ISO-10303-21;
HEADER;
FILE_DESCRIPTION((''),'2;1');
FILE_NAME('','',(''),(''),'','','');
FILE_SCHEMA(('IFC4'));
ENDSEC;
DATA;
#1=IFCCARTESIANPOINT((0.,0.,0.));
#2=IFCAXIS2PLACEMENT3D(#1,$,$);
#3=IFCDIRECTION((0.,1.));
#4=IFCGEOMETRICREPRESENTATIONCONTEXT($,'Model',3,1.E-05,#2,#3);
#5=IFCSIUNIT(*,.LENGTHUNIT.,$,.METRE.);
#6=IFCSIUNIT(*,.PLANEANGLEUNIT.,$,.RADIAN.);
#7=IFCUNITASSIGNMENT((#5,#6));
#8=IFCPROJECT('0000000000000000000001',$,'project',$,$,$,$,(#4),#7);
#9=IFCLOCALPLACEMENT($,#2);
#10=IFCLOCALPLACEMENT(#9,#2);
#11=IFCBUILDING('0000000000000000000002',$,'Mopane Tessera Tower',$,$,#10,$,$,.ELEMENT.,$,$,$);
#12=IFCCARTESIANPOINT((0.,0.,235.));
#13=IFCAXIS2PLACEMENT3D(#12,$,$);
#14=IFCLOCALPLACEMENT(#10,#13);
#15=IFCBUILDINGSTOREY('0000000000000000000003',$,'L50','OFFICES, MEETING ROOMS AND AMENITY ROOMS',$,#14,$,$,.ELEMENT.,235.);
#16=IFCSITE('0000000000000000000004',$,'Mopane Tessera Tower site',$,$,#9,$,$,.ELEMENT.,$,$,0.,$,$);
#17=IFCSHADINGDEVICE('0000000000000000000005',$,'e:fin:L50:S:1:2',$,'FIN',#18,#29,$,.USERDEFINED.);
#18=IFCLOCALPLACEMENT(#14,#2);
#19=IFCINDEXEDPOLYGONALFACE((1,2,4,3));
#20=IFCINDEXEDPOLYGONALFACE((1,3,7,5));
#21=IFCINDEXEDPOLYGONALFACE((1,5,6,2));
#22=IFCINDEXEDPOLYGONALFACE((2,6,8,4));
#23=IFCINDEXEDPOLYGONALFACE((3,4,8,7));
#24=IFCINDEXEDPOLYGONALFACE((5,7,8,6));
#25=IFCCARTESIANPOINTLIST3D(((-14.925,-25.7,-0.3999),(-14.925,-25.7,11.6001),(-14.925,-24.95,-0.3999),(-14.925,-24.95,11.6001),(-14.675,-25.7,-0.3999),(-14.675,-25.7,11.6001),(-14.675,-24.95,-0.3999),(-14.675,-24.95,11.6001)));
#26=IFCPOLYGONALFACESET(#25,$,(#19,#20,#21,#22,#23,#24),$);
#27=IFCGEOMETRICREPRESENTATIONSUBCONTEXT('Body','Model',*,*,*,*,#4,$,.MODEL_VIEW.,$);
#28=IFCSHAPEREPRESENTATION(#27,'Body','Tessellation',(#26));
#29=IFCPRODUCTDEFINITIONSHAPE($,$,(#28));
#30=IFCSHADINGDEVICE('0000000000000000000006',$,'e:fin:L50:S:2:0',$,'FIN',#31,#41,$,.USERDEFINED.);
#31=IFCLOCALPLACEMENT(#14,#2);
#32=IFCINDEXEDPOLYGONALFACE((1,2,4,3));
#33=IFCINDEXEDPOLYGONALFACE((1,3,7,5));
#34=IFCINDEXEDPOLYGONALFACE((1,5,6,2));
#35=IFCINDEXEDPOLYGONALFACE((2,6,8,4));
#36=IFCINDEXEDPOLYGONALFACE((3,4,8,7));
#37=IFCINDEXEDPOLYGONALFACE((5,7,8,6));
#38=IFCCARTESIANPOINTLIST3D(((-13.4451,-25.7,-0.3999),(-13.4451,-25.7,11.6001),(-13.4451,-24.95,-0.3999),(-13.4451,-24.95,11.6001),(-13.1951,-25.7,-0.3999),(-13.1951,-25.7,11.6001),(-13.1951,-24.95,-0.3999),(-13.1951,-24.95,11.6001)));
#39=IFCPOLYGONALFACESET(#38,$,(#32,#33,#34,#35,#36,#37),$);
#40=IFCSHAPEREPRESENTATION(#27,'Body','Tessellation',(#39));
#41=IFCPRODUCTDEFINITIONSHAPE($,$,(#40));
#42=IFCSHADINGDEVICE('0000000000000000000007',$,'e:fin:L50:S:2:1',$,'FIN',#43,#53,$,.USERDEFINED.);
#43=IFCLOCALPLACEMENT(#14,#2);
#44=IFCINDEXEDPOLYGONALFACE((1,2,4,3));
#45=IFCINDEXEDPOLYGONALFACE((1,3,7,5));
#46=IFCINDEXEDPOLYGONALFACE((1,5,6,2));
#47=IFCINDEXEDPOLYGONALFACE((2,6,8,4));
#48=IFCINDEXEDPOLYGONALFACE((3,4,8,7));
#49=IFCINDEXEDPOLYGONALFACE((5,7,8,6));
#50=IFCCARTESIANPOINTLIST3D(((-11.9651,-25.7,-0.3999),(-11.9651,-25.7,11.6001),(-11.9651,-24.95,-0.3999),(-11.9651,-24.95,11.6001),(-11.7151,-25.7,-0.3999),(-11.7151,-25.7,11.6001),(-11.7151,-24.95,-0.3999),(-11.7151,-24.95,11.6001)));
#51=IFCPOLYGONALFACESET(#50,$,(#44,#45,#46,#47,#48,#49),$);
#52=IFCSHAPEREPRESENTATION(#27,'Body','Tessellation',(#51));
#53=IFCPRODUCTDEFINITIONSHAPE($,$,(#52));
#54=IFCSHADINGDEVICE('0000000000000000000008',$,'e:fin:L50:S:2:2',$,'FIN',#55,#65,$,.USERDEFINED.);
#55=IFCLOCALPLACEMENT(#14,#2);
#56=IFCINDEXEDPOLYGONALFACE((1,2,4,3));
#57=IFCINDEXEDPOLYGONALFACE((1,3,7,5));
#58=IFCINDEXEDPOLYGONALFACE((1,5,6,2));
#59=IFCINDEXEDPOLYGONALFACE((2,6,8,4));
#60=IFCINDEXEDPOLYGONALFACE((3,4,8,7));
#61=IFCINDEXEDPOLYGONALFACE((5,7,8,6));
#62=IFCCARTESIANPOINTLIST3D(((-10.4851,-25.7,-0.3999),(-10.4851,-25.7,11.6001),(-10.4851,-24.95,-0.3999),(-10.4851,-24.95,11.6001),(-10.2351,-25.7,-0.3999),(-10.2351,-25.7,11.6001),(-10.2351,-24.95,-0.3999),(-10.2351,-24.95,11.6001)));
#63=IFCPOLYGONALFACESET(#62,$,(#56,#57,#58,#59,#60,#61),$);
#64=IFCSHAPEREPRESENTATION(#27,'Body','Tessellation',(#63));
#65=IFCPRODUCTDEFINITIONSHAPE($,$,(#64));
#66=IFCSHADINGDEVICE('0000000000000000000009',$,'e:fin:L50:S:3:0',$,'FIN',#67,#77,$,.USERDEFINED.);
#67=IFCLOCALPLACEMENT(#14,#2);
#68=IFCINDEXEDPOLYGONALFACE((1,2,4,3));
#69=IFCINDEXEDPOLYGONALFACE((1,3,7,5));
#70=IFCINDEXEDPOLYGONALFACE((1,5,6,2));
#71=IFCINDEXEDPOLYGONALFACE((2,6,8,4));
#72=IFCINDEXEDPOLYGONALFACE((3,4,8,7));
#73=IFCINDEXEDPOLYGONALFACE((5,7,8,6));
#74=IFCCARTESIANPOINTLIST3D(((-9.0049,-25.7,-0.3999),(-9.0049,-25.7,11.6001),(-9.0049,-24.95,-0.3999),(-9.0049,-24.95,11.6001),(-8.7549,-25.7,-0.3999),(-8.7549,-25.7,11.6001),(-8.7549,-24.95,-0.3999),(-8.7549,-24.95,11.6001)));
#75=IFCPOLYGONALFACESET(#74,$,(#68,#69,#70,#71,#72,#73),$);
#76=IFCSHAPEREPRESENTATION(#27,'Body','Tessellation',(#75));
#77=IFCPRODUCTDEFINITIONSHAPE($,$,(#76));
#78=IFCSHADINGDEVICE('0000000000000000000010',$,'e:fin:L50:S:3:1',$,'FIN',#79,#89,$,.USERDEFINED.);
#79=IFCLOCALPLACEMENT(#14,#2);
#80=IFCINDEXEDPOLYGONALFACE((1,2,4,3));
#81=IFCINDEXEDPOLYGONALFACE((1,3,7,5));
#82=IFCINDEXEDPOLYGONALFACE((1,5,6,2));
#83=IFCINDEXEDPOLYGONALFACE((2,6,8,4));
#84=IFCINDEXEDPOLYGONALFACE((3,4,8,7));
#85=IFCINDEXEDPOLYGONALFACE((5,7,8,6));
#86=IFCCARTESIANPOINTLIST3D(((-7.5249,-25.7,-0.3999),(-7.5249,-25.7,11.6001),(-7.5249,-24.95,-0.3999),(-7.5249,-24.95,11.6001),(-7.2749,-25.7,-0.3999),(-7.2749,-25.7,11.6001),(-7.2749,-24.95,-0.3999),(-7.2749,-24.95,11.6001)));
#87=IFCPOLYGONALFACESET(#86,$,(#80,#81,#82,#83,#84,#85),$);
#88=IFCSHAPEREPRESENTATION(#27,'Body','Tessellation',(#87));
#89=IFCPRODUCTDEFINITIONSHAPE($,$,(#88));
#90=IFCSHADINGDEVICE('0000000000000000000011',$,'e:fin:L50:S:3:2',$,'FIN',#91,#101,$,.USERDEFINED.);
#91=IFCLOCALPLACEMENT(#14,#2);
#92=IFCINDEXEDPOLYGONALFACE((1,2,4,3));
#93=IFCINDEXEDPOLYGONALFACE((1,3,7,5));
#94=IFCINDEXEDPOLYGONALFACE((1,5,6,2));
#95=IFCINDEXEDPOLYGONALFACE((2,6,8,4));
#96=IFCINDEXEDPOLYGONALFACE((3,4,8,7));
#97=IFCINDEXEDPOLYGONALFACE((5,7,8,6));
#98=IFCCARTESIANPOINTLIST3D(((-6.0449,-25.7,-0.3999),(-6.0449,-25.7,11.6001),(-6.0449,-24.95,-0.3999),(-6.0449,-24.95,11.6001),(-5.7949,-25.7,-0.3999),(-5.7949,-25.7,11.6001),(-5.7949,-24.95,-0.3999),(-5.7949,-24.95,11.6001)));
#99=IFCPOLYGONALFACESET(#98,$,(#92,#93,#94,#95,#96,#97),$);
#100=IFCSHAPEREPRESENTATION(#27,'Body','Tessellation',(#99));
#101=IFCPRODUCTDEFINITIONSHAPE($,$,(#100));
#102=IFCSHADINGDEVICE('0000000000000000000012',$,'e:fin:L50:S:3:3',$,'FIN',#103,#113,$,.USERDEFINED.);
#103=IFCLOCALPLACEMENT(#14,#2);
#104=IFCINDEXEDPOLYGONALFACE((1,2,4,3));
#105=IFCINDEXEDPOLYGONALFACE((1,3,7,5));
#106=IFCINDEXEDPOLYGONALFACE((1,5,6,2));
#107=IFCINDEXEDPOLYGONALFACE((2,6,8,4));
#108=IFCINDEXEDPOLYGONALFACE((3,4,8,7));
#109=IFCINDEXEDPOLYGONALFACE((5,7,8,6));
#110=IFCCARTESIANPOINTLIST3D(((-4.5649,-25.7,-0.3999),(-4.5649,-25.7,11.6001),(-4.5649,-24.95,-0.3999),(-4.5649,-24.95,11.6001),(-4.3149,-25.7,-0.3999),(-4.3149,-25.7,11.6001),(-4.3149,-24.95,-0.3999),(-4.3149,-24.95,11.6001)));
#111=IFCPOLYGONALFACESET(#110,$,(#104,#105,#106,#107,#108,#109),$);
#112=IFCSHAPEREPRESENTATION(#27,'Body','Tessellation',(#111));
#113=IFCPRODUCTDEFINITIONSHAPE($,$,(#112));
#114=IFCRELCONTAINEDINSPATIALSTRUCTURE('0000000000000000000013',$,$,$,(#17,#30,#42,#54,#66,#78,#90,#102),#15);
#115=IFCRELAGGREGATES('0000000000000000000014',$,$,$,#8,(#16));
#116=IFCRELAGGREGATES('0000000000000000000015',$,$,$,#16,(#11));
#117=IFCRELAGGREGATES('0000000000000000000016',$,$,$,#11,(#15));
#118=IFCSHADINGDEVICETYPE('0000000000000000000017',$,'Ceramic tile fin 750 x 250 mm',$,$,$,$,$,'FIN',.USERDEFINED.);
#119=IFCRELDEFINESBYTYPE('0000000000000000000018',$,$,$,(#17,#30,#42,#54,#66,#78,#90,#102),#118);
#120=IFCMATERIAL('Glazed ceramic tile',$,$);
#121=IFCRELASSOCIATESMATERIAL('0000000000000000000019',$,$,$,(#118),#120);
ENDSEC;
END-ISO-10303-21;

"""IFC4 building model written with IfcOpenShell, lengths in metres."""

from ifc_helpers import new_model, si_unit, direction, frame, origin, origin_2d, place, context, subcontext, project, spatial, rectangle, extrude, material, type_object, element, save


model = new_model("IFC4")

# Units and contexts
model_context = context("Model", 3, precision=1e-05, world=origin(), true_north=direction((0.0, 1.0)))
body_context = subcontext(model_context, "Body", "Model", "MODEL_VIEW")
ifc_project = project(units=[si_unit("LENGTHUNIT", "METRE"), si_unit("PLANEANGLEUNIT", "RADIAN")], contexts=[model_context])

# Site, building, storey
site_placement = place(None, origin())
site = spatial("IfcSite", under=ifc_project, at=site_placement, Name="Mopane Tessera Tower site", CompositionType="ELEMENT", RefElevation=0.0)
building_placement = place(site_placement, origin())
building = spatial("IfcBuilding", under=site, at=building_placement, Name="Mopane Tessera Tower", CompositionType="ELEMENT")
storey_placement = place(building_placement, frame((0.0, 0.0, 235.0)))
storey = spatial("IfcBuildingStorey", under=building, at=storey_placement, Name="L50", Description="OFFICES, MEETING ROOMS AND AMENITY ROOMS", CompositionType="ELEMENT", Elevation=235.0)

# Shading devices
ifc_material_1 = material(Name="Glazed ceramic tile")
shading_device_type = type_object("IfcShadingDeviceType", Name="Ceramic tile fin 750 x 250 mm", ElementType="FIN", PredefinedType="USERDEFINED", material=ifc_material_1)
for number, where, z_axis, x_axis, name in (
    (1, (-14.8, -25.325, -0.3999), (0.0, 0.0, 1.0), (1.0, 0.0, 0.0), "e:fin:L50:S:1:2"),
    (2, (-13.3201, -25.325, -0.3999), (0.0, 0.0, 1.0), (1.0, 0.0, 0.0), "e:fin:L50:S:2:0"),
    (3, (-11.8401, -25.325, -0.3999), (0.0, 0.0, 1.0), (1.0, 0.0, 0.0), "e:fin:L50:S:2:1"),
    (4, (-10.3601, -25.325, -0.3999), (0.0, 0.0, 1.0), (1.0, 0.0, 0.0), "e:fin:L50:S:2:2"),
    (5, (-8.8799, -25.325, -0.3999), (0.0, 0.0, 1.0), (1.0, 0.0, 0.0), "e:fin:L50:S:3:0"),
    (6, (-7.3999, -25.325, -0.3999), (0.0, 0.0, 1.0), (1.0, 0.0, 0.0), "e:fin:L50:S:3:1"),
    (7, (-5.9199, -25.325, -0.3999), (0.0, 0.0, 1.0), (1.0, 0.0, 0.0), "e:fin:L50:S:3:2"),
    (8, (-4.4399, -25.325, -0.3999), (0.0, 0.0, 1.0), (1.0, 0.0, 0.0), "e:fin:L50:S:3:3"),
):
    element("IfcShadingDevice", number, at=place(storey_placement, frame(where, z_axis=z_axis, x_axis=x_axis)), inside=storey, type_object=shading_device_type, Name=name, ObjectType="FIN", PredefinedType="USERDEFINED", context=body_context, shape_type="SweptSolid", body=[
        extrude(rectangle(XDim=0.25, YDim=0.75, at=origin_2d()), origin(), (0.0, 0.0, 1.0), 12.0),
    ])

save(model, "model.ifc")
